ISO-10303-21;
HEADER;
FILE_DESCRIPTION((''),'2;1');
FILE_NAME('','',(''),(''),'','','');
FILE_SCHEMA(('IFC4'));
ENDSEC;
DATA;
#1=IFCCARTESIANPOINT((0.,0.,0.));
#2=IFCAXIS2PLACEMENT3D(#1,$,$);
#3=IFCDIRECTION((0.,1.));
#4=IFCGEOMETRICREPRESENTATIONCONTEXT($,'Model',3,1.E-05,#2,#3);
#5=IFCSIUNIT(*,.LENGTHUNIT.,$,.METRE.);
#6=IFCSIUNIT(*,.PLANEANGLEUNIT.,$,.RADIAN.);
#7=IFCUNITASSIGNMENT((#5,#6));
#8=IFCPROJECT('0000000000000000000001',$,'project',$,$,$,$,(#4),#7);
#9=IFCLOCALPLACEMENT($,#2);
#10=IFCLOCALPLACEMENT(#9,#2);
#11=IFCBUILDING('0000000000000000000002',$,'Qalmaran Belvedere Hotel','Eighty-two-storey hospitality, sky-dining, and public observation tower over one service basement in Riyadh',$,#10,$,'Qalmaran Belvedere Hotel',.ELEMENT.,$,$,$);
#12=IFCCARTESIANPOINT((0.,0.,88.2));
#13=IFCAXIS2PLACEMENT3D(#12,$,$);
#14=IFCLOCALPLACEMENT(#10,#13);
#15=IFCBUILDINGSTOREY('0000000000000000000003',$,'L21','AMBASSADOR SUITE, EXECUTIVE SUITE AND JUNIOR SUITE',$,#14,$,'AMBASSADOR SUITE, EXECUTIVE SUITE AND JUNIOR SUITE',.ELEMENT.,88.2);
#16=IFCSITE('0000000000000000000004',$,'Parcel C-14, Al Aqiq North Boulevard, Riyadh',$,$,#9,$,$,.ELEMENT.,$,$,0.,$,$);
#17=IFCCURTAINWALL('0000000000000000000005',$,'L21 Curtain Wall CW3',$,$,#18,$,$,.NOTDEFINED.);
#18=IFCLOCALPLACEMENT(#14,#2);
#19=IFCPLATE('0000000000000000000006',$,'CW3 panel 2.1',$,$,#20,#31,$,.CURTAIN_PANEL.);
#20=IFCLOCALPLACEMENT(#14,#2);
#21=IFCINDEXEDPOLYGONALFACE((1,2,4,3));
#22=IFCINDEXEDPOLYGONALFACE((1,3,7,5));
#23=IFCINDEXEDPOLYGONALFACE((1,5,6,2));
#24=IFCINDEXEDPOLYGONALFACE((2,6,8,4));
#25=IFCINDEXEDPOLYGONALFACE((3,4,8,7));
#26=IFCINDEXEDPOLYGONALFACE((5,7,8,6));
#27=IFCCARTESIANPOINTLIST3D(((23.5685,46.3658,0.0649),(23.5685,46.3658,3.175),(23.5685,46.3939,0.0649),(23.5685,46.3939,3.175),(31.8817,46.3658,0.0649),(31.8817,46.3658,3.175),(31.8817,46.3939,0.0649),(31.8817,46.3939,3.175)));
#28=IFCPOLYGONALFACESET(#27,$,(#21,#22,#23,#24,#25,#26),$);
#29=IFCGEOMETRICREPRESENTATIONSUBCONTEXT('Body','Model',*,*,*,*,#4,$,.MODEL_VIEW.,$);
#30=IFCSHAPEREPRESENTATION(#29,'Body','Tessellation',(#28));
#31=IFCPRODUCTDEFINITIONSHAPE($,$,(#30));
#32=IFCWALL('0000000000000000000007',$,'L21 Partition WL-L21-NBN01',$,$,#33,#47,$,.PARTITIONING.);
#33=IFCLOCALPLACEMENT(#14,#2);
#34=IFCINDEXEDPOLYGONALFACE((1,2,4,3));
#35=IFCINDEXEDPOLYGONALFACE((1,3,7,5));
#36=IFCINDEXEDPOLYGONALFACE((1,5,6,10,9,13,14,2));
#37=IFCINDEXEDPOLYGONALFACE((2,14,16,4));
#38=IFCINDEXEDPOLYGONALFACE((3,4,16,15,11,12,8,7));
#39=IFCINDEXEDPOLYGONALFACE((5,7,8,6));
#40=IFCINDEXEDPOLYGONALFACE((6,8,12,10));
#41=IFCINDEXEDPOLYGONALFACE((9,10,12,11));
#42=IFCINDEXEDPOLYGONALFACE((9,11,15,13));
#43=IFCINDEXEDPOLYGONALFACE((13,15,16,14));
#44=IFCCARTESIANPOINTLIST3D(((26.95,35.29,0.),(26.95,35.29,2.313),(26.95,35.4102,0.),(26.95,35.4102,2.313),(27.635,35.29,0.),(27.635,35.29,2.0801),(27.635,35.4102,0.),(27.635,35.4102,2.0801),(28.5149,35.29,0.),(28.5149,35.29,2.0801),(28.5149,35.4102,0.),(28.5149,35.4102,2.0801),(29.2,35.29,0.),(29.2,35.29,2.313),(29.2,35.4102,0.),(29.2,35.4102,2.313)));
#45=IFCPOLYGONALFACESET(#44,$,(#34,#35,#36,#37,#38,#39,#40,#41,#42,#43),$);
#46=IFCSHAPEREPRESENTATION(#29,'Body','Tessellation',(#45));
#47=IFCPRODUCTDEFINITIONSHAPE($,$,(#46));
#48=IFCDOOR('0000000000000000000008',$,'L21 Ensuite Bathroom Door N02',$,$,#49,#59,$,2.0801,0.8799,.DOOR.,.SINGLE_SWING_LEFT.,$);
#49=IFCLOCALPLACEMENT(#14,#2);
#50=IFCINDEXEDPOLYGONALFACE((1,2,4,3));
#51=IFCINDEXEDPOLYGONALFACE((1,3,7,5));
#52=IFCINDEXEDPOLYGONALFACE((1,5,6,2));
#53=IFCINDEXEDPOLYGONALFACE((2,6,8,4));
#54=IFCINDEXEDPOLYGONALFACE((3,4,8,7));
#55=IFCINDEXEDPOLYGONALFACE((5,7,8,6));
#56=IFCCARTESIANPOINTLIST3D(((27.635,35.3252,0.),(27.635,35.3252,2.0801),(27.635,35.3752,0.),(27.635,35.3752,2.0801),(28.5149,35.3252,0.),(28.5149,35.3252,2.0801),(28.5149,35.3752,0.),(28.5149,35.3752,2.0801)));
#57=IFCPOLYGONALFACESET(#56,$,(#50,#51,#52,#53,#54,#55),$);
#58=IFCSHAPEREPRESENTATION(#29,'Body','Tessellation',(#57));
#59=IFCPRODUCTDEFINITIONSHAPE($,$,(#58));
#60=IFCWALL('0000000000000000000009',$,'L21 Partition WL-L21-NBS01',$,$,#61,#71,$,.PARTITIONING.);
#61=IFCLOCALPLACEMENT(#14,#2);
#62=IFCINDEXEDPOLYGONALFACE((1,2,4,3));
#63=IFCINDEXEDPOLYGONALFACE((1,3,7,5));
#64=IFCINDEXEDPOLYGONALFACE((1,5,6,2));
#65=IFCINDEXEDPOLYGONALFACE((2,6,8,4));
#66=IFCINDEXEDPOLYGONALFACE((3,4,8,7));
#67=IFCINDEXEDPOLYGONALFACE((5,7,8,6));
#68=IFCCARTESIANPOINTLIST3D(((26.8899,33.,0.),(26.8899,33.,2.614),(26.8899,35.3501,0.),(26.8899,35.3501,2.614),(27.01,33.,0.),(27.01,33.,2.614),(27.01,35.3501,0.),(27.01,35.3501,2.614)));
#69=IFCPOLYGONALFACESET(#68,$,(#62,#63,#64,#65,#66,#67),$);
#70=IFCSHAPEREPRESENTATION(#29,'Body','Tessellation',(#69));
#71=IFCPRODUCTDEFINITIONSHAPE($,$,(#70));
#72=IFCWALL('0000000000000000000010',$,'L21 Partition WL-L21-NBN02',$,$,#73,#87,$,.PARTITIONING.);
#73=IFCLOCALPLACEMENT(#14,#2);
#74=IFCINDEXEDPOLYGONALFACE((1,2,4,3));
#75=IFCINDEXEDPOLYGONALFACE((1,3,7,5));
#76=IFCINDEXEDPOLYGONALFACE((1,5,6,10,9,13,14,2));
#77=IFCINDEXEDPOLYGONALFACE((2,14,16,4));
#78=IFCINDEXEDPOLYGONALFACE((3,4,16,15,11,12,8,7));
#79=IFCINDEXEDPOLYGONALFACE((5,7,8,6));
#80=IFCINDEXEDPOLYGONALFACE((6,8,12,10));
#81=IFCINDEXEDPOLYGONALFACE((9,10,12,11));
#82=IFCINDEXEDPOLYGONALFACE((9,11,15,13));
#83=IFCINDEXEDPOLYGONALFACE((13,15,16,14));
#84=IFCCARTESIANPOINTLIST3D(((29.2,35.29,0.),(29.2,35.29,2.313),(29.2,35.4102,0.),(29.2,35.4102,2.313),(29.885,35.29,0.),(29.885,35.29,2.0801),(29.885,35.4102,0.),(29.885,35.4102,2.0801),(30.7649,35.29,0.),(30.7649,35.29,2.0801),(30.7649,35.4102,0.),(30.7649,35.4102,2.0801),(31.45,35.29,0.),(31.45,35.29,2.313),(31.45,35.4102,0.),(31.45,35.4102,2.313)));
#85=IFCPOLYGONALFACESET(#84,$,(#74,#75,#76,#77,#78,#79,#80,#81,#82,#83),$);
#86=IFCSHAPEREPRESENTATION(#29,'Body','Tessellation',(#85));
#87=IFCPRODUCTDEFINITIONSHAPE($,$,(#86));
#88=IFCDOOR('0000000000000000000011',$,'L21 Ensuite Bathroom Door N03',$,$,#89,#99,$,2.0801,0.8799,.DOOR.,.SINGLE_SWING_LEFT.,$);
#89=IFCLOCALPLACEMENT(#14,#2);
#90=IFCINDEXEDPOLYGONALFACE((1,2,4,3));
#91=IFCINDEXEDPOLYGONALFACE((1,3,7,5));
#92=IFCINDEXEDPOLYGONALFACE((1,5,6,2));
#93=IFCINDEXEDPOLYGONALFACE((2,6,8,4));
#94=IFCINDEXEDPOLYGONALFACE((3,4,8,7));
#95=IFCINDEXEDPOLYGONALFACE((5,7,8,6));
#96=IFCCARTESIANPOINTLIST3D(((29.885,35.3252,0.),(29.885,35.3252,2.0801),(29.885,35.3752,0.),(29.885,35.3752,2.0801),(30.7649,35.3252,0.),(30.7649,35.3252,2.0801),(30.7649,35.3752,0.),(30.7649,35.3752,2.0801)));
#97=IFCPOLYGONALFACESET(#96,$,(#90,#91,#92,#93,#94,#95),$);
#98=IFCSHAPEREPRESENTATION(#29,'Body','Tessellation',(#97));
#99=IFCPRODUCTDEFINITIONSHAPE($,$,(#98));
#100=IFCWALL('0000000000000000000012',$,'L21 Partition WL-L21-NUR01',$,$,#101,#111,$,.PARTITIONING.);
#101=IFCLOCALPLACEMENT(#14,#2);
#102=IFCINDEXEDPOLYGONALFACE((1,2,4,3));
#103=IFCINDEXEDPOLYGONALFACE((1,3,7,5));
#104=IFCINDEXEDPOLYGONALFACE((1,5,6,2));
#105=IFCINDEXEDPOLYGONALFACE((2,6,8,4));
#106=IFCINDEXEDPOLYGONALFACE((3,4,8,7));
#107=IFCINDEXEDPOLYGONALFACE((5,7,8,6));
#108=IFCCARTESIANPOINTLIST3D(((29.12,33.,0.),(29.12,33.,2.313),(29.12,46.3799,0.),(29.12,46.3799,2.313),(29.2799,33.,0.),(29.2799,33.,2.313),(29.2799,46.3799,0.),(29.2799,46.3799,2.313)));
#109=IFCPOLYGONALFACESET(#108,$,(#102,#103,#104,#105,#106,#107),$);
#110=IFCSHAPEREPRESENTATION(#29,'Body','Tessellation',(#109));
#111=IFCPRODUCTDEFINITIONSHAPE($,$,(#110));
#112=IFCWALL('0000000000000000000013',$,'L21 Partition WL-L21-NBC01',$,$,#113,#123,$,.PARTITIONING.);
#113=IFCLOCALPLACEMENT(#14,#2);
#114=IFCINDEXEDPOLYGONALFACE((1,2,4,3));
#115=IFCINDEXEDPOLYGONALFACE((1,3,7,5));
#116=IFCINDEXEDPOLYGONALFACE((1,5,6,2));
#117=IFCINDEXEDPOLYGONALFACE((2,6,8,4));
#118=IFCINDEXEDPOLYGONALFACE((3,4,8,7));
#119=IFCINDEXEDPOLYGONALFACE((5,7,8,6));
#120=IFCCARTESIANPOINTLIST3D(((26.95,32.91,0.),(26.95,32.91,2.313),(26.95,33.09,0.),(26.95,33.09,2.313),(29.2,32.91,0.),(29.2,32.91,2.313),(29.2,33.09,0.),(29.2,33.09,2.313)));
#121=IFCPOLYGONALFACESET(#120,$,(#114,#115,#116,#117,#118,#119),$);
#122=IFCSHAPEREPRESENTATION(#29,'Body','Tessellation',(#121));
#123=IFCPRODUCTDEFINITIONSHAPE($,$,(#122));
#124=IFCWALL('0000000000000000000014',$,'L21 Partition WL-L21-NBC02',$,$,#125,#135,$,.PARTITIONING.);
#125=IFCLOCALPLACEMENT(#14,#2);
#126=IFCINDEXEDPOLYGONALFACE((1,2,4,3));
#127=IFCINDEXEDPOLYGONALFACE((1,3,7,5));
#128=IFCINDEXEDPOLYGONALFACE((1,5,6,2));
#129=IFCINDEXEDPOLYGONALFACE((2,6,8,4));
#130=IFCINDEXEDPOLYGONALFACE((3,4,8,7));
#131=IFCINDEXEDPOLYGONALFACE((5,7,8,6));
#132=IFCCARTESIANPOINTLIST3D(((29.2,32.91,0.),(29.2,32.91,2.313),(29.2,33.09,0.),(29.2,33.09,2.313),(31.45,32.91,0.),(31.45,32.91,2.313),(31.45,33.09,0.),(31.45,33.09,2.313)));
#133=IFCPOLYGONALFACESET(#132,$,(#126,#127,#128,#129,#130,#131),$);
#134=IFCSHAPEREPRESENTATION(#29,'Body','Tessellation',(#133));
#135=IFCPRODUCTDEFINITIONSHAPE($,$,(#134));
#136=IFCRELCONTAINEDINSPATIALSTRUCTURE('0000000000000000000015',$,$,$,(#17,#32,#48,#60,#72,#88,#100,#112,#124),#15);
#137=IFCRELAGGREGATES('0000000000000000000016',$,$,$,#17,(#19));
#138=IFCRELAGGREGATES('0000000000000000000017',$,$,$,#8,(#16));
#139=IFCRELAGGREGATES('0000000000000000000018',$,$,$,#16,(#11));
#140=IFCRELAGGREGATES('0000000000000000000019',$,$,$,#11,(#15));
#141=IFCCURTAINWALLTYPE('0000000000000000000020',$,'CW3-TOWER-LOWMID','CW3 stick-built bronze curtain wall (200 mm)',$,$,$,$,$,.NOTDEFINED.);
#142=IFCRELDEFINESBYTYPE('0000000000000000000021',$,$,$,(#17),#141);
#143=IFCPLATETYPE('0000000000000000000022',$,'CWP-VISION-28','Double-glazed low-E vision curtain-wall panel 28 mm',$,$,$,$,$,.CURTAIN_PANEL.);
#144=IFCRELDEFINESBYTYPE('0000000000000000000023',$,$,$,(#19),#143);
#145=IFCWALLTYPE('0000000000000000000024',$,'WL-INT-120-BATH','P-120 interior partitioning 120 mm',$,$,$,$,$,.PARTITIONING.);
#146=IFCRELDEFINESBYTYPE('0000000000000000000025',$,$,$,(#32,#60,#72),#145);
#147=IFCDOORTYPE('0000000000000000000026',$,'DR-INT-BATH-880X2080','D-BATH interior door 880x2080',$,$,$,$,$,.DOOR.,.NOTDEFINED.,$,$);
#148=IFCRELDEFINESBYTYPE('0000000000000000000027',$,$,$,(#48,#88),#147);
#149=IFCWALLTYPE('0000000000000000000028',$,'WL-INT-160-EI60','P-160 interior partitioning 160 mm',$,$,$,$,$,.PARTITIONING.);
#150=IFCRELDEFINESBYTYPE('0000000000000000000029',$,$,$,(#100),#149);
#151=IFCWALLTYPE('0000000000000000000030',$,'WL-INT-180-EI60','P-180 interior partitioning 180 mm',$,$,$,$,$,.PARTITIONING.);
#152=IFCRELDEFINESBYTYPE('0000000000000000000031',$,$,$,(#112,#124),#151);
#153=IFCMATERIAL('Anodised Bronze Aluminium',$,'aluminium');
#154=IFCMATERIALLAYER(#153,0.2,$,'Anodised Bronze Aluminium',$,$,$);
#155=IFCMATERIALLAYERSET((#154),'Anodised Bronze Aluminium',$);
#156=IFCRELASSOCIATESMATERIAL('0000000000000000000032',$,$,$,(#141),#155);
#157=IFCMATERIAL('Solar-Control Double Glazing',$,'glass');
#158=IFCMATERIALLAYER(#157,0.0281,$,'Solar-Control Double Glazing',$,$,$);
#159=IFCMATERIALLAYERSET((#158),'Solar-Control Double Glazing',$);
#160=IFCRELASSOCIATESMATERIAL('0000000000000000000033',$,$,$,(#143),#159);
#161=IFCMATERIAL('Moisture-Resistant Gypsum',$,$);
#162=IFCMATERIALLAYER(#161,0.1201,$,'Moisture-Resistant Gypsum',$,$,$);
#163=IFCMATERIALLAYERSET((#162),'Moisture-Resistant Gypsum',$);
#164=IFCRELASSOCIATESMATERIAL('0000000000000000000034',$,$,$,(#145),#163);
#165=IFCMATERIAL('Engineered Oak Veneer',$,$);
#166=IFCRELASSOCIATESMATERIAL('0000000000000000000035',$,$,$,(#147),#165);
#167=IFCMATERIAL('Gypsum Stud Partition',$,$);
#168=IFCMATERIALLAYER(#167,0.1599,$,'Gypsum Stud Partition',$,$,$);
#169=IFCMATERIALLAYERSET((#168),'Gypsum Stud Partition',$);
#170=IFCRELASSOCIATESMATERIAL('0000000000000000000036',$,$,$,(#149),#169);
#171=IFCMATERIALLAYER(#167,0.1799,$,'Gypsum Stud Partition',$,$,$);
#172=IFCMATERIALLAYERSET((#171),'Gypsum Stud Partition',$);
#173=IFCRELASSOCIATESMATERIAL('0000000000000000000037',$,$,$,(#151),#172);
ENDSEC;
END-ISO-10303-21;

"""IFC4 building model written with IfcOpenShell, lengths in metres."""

from ifc_helpers import new_model, si_unit, direction, frame, frame_2d, origin, origin_2d, place, context, subcontext, project, spatial, rectangle, extrude, material, layer, layer_set, type_object, element, fill, aggregate, save


model = new_model("IFC4")

# Units and contexts
model_context = context("Model", 3, precision=1e-05, world=origin(), true_north=direction((0.0, 1.0)))
body_context = subcontext(model_context, "Body", "Model", "MODEL_VIEW")
ifc_project = project(units=[si_unit("LENGTHUNIT", "METRE"), si_unit("PLANEANGLEUNIT", "RADIAN")], contexts=[model_context])

# Site, building, storey
site_placement = place(None, origin())
site = spatial("IfcSite", under=ifc_project, at=site_placement, Name="Parcel C-14, Al Aqiq North Boulevard, Riyadh", CompositionType="ELEMENT", RefElevation=0.0)
building_placement = place(site_placement, origin())
building = spatial("IfcBuilding", under=site, at=building_placement, Name="Qalmaran Belvedere Hotel", Description="Eighty-two-storey hospitality, sky-dining, and public observation tower over one service basement in Riyadh", LongName="Qalmaran Belvedere Hotel", CompositionType="ELEMENT")
storey_placement = place(building_placement, frame((0.0, 0.0, 88.2)))
storey = spatial("IfcBuildingStorey", under=building, at=storey_placement, Name="L21", Description="AMBASSADOR SUITE, EXECUTIVE SUITE AND JUNIOR SUITE", LongName="AMBASSADOR SUITE, EXECUTIVE SUITE AND JUNIOR SUITE", CompositionType="ELEMENT", Elevation=88.2)

# Curtain wall, plate
ifc_material_1 = material(Name="Anodised Bronze Aluminium", Category="aluminium")
ifc_layer_1 = layer(ifc_material_1, 0.2, Name="Anodised Bronze Aluminium")
ifc_layer_set_1 = layer_set([ifc_layer_1], Name="Anodised Bronze Aluminium")
curtain_wall_type = type_object("IfcCurtainWallType", Name="CW3-TOWER-LOWMID", Description="CW3 stick-built bronze curtain wall (200 mm)", PredefinedType="NOTDEFINED", material=ifc_layer_set_1)
curtain_wall_placement = place(storey_placement, origin())
curtain_wall = element("IfcCurtainWall", 1, at=curtain_wall_placement, inside=storey, type_object=curtain_wall_type, Name="L21 Curtain Wall CW3", PredefinedType="NOTDEFINED")
ifc_material_2 = material(Name="Solar-Control Double Glazing", Category="glass")
ifc_layer_2 = layer(ifc_material_2, 0.0281, Name="Solar-Control Double Glazing")
ifc_layer_set_2 = layer_set([ifc_layer_2], Name="Solar-Control Double Glazing")
plate_type = type_object("IfcPlateType", Name="CWP-VISION-28", Description="Double-glazed low-E vision curtain-wall panel 28 mm", PredefinedType="CURTAIN_PANEL", material=ifc_layer_set_2)
plate_placement = place(storey_placement, frame((27.7251, 46.3799, 0.0649), z_axis=(0.0, 0.0, 1.0), x_axis=(-1.0, 0.0, 0.0)))
plate = element("IfcPlate", 2, at=plate_placement, type_object=plate_type, Name="CW3 panel 2.1", PredefinedType="CURTAIN_PANEL", context=body_context, shape_type="SweptSolid", body=[
    extrude(rectangle(XDim=8.3132, YDim=0.0281, at=origin_2d()), origin(), (0.0, 0.0, 1.0), 3.1101),
])
aggregate(curtain_wall, [plate])

# Wall, opening, door
ifc_material_3 = material(Name="Moisture-Resistant Gypsum")
ifc_layer_3 = layer(ifc_material_3, 0.1201, Name="Moisture-Resistant Gypsum")
ifc_layer_set_3 = layer_set([ifc_layer_3], Name="Moisture-Resistant Gypsum")
wall_type_1 = type_object("IfcWallType", Name="WL-INT-120-BATH", Description="P-120 interior partitioning 120 mm", PredefinedType="PARTITIONING", material=ifc_layer_set_3)
wall_1_placement = place(storey_placement, frame((26.95, 35.3501, 0.0), z_axis=(0.0, 0.0, 1.0), x_axis=(1.0, 0.0, 0.0)))
wall_1 = element("IfcWall", 3, at=wall_1_placement, inside=storey, type_object=wall_type_1, Name="L21 Partition WL-L21-NBN01", PredefinedType="PARTITIONING", context=body_context, shape_type="SweptSolid", body=[
    extrude(rectangle(XDim=2.25, YDim=0.1201, at=frame_2d((1.125, 0.0))), origin(), (0.0, 0.0, 1.0), 2.313),
])
opening_1_placement = place(wall_1_placement, frame((1.5649, 0.0, 0.0), z_axis=(0.0, 0.0, 1.0), x_axis=(-1.0, 0.0, 0.0)))
opening_1 = element("IfcOpeningElement", 4, at=opening_1_placement, cuts=wall_1, PredefinedType="OPENING", context=body_context, shape_type="SweptSolid", body=[
    extrude(rectangle(XDim=0.8799, YDim=2.0801, at=frame_2d((0.4399, 1.04))), frame((0.0, 0.0701, 0.0), z_axis=(0.0, -1.0, 0.0), x_axis=(1.0, 0.0, 0.0)), (0.0, 0.0, 1.0), 0.1401),
])
ifc_material_4 = material(Name="Engineered Oak Veneer")
door_type = type_object("IfcDoorType", Name="DR-INT-BATH-880X2080", Description="D-BATH interior door 880x2080", OperationType="NOTDEFINED", PredefinedType="DOOR", material=ifc_material_4)
door_1_placement = place(opening_1_placement, origin())
door_1 = element("IfcDoor", 5, at=door_1_placement, inside=storey, type_object=door_type, Name="L21 Ensuite Bathroom Door N02", OperationType="SINGLE_SWING_LEFT", OverallHeight=2.0801, OverallWidth=0.8799, PredefinedType="DOOR", context=body_context, shape_type="SweptSolid", body=[
    extrude(rectangle(XDim=0.8799, YDim=2.0801, at=frame_2d((0.4399, 1.04))), frame((0.0, 0.0249, 0.0), z_axis=(0.0, -1.0, 0.0), x_axis=(1.0, 0.0, 0.0)), (0.0, 0.0, 1.0), 0.05),
])
fill(opening_1, door_1)

# Wall
wall_2_placement = place(storey_placement, frame((26.95, 33.0, 0.0), z_axis=(0.0, 0.0, 1.0), x_axis=(0.0, 1.0, 0.0)))
element("IfcWall", 6, at=wall_2_placement, inside=storey, type_object=wall_type_1, Name="L21 Partition WL-L21-NBS01", PredefinedType="PARTITIONING", context=body_context, shape_type="SweptSolid", body=[
    extrude(rectangle(XDim=2.3501, YDim=0.1201, at=frame_2d((1.175, 0.0))), origin(), (0.0, 0.0, 1.0), 2.614),
])

# Wall, opening, door
wall_3_placement = place(storey_placement, frame((29.2, 35.3501, 0.0), z_axis=(0.0, 0.0, 1.0), x_axis=(1.0, 0.0, 0.0)))
wall_3 = element("IfcWall", 7, at=wall_3_placement, inside=storey, type_object=wall_type_1, Name="L21 Partition WL-L21-NBN02", PredefinedType="PARTITIONING", context=body_context, shape_type="SweptSolid", body=[
    extrude(rectangle(XDim=2.25, YDim=0.1201, at=frame_2d((1.125, 0.0))), origin(), (0.0, 0.0, 1.0), 2.313),
])
opening_2_placement = place(wall_3_placement, frame((1.5649, 0.0, 0.0), z_axis=(0.0, 0.0, 1.0), x_axis=(-1.0, 0.0, 0.0)))
opening_2 = element("IfcOpeningElement", 8, at=opening_2_placement, cuts=wall_3, PredefinedType="OPENING", context=body_context, shape_type="SweptSolid", body=[
    extrude(rectangle(XDim=0.8799, YDim=2.0801, at=frame_2d((0.4399, 1.04))), frame((0.0, 0.0701, 0.0), z_axis=(0.0, -1.0, 0.0), x_axis=(1.0, 0.0, 0.0)), (0.0, 0.0, 1.0), 0.1401),
])
door_2_placement = place(opening_2_placement, origin())
door_2 = element("IfcDoor", 9, at=door_2_placement, inside=storey, type_object=door_type, Name="L21 Ensuite Bathroom Door N03", OperationType="SINGLE_SWING_LEFT", OverallHeight=2.0801, OverallWidth=0.8799, PredefinedType="DOOR", context=body_context, shape_type="SweptSolid", body=[
    extrude(rectangle(XDim=0.8799, YDim=2.0801, at=frame_2d((0.4399, 1.04))), frame((0.0, 0.0249, 0.0), z_axis=(0.0, -1.0, 0.0), x_axis=(1.0, 0.0, 0.0)), (0.0, 0.0, 1.0), 0.05),
])
fill(opening_2, door_2)

# Walls
ifc_material_5 = material(Name="Gypsum Stud Partition")
ifc_layer_4 = layer(ifc_material_5, 0.1599, Name="Gypsum Stud Partition")
ifc_layer_set_4 = layer_set([ifc_layer_4], Name="Gypsum Stud Partition")
wall_type_2 = type_object("IfcWallType", Name="WL-INT-160-EI60", Description="P-160 interior partitioning 160 mm", PredefinedType="PARTITIONING", material=ifc_layer_set_4)
wall_4_placement = place(storey_placement, frame((29.2, 33.0, 0.0), z_axis=(0.0, 0.0, 1.0), x_axis=(0.0, 1.0, 0.0)))
element("IfcWall", 10, at=wall_4_placement, inside=storey, type_object=wall_type_2, Name="L21 Partition WL-L21-NUR01", PredefinedType="PARTITIONING", context=body_context, shape_type="SweptSolid", body=[
    extrude(rectangle(XDim=13.3799, YDim=0.1599, at=frame_2d((6.6899, 0.0))), origin(), (0.0, 0.0, 1.0), 2.313),
])
ifc_layer_5 = layer(ifc_material_5, 0.1799, Name="Gypsum Stud Partition")
ifc_layer_set_5 = layer_set([ifc_layer_5], Name="Gypsum Stud Partition")
wall_type_3 = type_object("IfcWallType", Name="WL-INT-180-EI60", Description="P-180 interior partitioning 180 mm", PredefinedType="PARTITIONING", material=ifc_layer_set_5)
for number, where, z_axis, x_axis, name in (
    (11, (26.95, 33.0, 0.0), (0.0, 0.0, 1.0), (1.0, 0.0, 0.0), "L21 Partition WL-L21-NBC01"),
    (12, (29.2, 33.0, 0.0), (0.0, 0.0, 1.0), (1.0, 0.0, 0.0), "L21 Partition WL-L21-NBC02"),
):
    element("IfcWall", number, at=place(storey_placement, frame(where, z_axis=z_axis, x_axis=x_axis)), inside=storey, type_object=wall_type_3, Name=name, PredefinedType="PARTITIONING", context=body_context, shape_type="SweptSolid", body=[
        extrude(rectangle(XDim=2.25, YDim=0.1799, at=frame_2d((1.125, 0.0))), origin(), (0.0, 0.0, 1.0), 2.313),
    ])

save(model, "model.ifc")
